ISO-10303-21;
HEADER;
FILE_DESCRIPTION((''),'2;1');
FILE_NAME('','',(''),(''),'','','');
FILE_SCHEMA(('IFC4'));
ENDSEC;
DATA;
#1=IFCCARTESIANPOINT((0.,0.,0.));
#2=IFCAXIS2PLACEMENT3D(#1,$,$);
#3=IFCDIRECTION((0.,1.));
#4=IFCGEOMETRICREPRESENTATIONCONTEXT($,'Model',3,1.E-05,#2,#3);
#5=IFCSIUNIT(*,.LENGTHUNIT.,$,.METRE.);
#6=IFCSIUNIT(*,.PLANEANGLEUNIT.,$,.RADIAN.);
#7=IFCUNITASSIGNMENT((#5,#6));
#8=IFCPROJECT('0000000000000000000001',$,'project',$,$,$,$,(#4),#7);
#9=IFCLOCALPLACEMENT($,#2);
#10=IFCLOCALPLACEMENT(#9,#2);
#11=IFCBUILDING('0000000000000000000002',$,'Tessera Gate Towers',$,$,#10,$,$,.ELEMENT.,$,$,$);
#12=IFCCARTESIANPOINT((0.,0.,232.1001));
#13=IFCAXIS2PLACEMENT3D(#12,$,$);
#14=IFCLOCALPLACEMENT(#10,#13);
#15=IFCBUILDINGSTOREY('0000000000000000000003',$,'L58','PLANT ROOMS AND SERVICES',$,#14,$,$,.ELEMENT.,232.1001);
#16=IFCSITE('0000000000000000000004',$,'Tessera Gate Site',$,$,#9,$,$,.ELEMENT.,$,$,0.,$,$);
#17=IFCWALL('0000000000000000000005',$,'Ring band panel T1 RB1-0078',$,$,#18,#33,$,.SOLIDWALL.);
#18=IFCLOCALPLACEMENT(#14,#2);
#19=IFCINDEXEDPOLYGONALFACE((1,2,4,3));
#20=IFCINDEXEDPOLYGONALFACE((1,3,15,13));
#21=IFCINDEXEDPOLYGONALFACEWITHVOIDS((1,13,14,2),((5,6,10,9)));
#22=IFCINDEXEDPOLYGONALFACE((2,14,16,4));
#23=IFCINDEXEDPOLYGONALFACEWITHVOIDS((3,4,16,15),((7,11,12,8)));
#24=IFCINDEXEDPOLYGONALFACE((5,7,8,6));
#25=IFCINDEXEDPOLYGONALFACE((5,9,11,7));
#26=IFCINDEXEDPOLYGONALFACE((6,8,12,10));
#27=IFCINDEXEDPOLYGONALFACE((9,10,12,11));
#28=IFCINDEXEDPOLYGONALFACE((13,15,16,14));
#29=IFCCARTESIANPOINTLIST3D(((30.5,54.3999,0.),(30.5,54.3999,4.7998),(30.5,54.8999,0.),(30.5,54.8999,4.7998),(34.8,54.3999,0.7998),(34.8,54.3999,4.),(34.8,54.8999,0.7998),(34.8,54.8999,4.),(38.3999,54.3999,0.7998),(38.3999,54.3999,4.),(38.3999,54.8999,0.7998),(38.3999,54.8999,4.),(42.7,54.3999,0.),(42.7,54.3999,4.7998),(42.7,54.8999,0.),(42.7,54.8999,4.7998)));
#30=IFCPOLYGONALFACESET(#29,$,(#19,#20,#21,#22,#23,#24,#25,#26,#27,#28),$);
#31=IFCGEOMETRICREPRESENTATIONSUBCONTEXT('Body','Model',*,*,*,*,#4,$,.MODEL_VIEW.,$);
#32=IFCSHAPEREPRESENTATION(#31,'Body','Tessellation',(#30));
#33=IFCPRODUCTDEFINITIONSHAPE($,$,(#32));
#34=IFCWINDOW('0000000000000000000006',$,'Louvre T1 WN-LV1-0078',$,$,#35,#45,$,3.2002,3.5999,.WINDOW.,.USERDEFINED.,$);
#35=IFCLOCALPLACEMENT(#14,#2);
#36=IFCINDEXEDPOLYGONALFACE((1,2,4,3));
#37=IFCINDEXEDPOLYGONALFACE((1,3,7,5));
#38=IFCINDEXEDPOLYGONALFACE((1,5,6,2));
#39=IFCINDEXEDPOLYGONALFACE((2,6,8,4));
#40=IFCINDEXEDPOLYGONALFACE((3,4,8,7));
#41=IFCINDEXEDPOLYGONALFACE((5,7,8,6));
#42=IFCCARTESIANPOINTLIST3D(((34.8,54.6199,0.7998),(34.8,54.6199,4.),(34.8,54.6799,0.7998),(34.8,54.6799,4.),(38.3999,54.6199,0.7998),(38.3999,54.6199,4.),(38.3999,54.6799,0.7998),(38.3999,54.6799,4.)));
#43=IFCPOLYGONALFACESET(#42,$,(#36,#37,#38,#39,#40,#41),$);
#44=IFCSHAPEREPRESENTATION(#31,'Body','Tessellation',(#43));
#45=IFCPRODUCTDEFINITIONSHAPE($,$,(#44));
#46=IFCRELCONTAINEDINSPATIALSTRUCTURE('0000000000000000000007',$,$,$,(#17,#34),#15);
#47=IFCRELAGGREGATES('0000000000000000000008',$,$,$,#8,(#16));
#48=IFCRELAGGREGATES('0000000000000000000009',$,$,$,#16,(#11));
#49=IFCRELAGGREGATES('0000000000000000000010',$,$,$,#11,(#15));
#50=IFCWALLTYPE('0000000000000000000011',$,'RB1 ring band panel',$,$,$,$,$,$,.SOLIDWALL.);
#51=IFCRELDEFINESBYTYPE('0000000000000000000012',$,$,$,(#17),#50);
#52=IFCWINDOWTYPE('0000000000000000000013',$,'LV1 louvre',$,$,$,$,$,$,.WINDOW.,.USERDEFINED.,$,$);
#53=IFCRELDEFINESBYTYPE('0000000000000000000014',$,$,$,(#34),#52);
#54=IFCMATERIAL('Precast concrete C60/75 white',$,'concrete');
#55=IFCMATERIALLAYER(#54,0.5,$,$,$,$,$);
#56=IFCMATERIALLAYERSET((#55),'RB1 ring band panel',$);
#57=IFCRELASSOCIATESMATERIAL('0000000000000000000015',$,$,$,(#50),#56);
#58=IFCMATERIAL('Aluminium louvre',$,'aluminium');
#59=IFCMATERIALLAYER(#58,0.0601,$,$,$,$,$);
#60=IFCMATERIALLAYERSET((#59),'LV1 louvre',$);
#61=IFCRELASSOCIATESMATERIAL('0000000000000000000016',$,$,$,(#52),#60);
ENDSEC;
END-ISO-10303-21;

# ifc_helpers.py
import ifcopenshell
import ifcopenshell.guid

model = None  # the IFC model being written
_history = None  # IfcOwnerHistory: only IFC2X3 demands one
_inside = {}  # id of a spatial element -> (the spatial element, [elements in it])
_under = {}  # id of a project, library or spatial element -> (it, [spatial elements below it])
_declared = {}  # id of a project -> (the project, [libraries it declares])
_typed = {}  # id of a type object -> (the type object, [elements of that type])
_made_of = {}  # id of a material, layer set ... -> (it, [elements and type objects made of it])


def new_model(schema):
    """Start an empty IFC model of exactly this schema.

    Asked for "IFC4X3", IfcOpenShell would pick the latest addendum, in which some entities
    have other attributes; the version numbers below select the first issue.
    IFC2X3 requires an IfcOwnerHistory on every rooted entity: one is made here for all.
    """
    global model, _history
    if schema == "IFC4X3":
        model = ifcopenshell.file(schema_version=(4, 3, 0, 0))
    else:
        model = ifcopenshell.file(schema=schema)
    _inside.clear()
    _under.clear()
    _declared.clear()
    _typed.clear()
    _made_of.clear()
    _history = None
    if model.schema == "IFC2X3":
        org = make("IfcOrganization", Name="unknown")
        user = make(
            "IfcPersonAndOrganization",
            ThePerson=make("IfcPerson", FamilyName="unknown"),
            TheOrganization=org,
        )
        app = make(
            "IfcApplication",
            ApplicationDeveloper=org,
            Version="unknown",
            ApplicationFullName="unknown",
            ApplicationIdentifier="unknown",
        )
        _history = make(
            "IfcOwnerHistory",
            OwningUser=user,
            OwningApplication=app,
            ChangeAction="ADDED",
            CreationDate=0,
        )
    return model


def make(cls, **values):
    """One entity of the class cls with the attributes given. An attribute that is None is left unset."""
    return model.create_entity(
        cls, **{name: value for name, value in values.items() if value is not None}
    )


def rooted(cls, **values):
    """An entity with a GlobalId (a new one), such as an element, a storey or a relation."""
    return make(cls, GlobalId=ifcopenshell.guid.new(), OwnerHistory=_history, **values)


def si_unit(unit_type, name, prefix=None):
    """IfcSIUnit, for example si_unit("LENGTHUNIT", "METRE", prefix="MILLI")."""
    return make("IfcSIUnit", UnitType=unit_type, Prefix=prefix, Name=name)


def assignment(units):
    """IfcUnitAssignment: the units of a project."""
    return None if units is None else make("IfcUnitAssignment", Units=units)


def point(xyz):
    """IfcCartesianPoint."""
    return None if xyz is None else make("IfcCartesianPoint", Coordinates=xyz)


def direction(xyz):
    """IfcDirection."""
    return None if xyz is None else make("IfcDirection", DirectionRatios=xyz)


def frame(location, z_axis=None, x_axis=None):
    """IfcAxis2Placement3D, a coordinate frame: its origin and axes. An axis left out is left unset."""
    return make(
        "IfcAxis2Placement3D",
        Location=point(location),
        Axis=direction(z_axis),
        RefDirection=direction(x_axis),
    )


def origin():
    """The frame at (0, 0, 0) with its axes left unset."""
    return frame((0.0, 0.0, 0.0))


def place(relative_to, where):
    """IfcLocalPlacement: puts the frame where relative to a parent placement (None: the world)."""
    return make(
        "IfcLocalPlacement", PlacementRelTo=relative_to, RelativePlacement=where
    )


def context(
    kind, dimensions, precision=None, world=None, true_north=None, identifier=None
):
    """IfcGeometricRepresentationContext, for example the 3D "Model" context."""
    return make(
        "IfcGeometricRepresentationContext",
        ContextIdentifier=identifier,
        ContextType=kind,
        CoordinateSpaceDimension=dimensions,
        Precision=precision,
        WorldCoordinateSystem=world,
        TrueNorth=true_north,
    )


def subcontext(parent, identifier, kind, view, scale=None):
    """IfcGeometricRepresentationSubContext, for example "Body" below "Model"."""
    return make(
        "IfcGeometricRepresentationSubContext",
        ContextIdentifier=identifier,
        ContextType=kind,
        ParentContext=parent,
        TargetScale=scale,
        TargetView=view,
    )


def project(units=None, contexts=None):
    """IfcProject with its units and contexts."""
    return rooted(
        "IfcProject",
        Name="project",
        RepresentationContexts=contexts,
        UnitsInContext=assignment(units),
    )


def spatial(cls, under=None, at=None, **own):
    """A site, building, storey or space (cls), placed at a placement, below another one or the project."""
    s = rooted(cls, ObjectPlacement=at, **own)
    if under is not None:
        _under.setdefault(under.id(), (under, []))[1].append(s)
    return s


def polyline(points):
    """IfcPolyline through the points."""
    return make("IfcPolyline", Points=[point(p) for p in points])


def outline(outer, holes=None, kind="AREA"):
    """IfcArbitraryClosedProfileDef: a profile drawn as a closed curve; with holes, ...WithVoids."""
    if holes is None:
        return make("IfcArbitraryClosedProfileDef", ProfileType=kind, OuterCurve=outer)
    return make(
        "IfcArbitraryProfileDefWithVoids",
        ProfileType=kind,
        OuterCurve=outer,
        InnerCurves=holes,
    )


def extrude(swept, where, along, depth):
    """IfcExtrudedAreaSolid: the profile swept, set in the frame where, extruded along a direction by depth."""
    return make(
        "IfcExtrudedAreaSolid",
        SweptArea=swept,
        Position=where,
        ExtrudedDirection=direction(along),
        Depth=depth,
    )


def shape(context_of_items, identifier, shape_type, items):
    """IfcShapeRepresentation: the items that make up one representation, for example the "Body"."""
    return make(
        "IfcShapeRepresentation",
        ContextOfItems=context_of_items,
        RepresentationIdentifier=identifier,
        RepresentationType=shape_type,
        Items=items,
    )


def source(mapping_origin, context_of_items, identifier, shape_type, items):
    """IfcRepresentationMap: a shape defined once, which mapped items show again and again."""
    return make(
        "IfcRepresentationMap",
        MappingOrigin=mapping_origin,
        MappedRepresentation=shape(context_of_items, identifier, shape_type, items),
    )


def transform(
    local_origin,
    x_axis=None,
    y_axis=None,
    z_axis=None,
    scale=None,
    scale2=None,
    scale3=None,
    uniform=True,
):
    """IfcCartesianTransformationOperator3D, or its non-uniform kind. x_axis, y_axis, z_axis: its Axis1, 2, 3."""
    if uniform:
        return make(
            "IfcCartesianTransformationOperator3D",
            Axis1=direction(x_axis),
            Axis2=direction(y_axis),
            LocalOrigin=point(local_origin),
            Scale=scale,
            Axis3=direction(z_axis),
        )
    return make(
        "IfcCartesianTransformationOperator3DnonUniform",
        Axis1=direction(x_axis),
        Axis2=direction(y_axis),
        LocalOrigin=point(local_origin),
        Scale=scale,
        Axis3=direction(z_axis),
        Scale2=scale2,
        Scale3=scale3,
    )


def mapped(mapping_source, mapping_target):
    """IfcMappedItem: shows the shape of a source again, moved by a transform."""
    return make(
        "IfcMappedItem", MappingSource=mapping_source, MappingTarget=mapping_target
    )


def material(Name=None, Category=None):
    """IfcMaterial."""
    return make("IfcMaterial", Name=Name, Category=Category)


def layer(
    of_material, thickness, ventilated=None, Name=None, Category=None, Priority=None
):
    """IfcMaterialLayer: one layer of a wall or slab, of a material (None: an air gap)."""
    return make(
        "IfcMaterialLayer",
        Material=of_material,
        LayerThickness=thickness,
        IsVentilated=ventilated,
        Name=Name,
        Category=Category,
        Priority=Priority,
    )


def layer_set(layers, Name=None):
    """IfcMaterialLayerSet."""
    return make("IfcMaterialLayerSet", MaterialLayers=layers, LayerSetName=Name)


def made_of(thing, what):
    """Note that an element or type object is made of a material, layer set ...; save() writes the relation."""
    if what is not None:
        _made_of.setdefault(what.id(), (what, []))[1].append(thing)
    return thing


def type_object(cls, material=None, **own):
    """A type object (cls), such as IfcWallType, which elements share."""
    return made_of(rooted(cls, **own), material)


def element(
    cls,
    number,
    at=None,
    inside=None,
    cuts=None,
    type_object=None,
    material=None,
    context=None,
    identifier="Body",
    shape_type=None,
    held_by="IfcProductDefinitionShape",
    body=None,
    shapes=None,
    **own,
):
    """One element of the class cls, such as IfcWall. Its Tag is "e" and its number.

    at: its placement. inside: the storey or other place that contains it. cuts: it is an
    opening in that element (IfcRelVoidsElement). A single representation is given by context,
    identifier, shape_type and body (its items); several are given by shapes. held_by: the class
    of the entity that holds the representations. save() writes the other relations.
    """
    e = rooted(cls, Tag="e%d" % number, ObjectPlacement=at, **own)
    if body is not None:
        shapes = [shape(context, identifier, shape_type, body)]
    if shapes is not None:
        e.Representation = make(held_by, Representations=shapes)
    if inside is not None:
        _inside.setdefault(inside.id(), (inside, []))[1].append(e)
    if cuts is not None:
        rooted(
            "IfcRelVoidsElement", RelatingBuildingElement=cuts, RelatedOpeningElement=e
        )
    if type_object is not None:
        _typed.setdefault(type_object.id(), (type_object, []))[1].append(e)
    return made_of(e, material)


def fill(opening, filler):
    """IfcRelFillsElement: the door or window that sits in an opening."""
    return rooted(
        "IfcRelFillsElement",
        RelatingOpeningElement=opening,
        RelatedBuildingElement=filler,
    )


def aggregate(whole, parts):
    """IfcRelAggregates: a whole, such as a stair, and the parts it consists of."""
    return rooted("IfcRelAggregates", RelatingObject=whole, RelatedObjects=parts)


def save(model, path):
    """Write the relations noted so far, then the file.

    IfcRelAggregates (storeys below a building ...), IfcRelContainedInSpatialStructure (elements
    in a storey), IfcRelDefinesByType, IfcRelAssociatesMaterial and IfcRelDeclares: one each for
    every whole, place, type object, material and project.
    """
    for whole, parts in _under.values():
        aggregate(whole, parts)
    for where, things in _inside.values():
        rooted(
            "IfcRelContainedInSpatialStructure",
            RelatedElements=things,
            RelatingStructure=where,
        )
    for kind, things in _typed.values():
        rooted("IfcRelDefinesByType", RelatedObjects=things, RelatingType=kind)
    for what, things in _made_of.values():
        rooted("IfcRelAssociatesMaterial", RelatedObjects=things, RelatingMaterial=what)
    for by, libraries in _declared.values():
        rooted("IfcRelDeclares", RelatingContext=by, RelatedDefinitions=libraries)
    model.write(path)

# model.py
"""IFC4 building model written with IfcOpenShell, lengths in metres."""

from ifc_helpers import new_model, si_unit, direction, frame, origin, place, context, subcontext, project, spatial, polyline, outline, extrude, source, transform, mapped, material, layer, layer_set, type_object, element, fill, save


model = new_model("IFC4")

# Units and contexts
model_context = context("Model", 3, precision=1e-05, world=origin(), true_north=direction((0.0, 1.0)))
body_context = subcontext(model_context, "Body", "Model", "MODEL_VIEW")
ifc_project = project(units=[si_unit("LENGTHUNIT", "METRE"), si_unit("PLANEANGLEUNIT", "RADIAN")], contexts=[model_context])

# Site, building, storey
site_placement = place(None, origin())
site = spatial("IfcSite", under=ifc_project, at=site_placement, Name="Tessera Gate Site", CompositionType="ELEMENT", RefElevation=0.0)
building_placement = place(site_placement, origin())
building = spatial("IfcBuilding", under=site, at=building_placement, Name="Tessera Gate Towers", CompositionType="ELEMENT")
storey_placement = place(building_placement, frame((0.0, 0.0, 232.1001)))
storey = spatial("IfcBuildingStorey", under=building, at=storey_placement, Name="L58", Description="PLANT ROOMS AND SERVICES", CompositionType="ELEMENT", Elevation=232.1001)

# Wall, opening, window
ifc_material_1 = material(Name="Precast concrete C60/75 white", Category="concrete")
ifc_layer_1 = layer(ifc_material_1, 0.5)
ifc_layer_set_1 = layer_set([ifc_layer_1], Name="RB1 ring band panel")
wall_type_1 = type_object("IfcWallType", Name="RB1 ring band panel", PredefinedType="SOLIDWALL", material=ifc_layer_set_1)
shared_shape_1 = source(origin(), body_context, "Body", "SweptSolid", [
    extrude(outline(polyline([(0.0, 0.0), (12.2, 0.0), (12.2, 4.7998), (0.0, 4.7998), (0.0, 0.0)])), frame((0.0, 0.25, 0.0), z_axis=(0.0, -1.0, 0.0), x_axis=(1.0, 0.0, 0.0)), (0.0, 0.0, 1.0), 0.5),
])
wall_1_placement = place(storey_placement, frame((42.7, 54.6499, 0.0), z_axis=(0.0, 0.0, 1.0), x_axis=(-1.0, 0.0, 0.0)))
wall_1 = element("IfcWall", 1, at=wall_1_placement, inside=storey, type_object=wall_type_1, Name="Ring band panel T1 RB1-0078", PredefinedType="SOLIDWALL", context=body_context, shape_type="MappedRepresentation", body=[
    mapped(shared_shape_1, transform((0.0, 0.0, 0.0), scale=1.0)),
])
shared_shape_2 = source(origin(), body_context, "Body", "SweptSolid", [
    extrude(outline(polyline([(4.3, 0.7998), (7.8999, 0.7998), (7.8999, 4.0), (4.3, 4.0), (4.3, 0.7998)])), frame((0.0, 0.26, 0.0), z_axis=(0.0, -1.0, 0.0), x_axis=(1.0, 0.0, 0.0)), (0.0, 0.0, 1.0), 0.52),
])
opening_1_placement = place(wall_1_placement, origin())
opening_1 = element("IfcOpeningElement", 2, at=opening_1_placement, cuts=wall_1, PredefinedType="OPENING", context=body_context, shape_type="MappedRepresentation", body=[
    mapped(shared_shape_2, transform((0.0, 0.0, 0.0), scale=1.0)),
])
ifc_material_2 = material(Name="Aluminium louvre", Category="aluminium")
ifc_layer_2 = layer(ifc_material_2, 0.0601)
ifc_layer_set_2 = layer_set([ifc_layer_2], Name="LV1 louvre")
window_type = type_object("IfcWindowType", Name="LV1 louvre", PartitioningType="USERDEFINED", PredefinedType="WINDOW", material=ifc_layer_set_2)
shared_shape_3 = source(origin(), body_context, "Body", "SweptSolid", [
    extrude(outline(polyline([(4.3, 0.7998), (7.8999, 0.7998), (7.8999, 4.0), (4.3, 4.0), (4.3, 0.7998)])), frame((0.0, 0.03, 0.0), z_axis=(0.0, -1.0, 0.0), x_axis=(1.0, 0.0, 0.0)), (0.0, 0.0, 1.0), 0.0601),
])
window_placement = place(opening_1_placement, origin())
window = element("IfcWindow", 3, at=window_placement, inside=storey, type_object=window_type, Name="Louvre T1 WN-LV1-0078", OverallHeight=3.2002, OverallWidth=3.5999, PartitioningType="USERDEFINED", PredefinedType="WINDOW", context=body_context, shape_type="MappedRepresentation", body=[
    mapped(shared_shape_3, transform((0.0, 0.0, 0.0), scale=1.0)),
])
fill(opening_1, window)

save(model, "model.ifc")
